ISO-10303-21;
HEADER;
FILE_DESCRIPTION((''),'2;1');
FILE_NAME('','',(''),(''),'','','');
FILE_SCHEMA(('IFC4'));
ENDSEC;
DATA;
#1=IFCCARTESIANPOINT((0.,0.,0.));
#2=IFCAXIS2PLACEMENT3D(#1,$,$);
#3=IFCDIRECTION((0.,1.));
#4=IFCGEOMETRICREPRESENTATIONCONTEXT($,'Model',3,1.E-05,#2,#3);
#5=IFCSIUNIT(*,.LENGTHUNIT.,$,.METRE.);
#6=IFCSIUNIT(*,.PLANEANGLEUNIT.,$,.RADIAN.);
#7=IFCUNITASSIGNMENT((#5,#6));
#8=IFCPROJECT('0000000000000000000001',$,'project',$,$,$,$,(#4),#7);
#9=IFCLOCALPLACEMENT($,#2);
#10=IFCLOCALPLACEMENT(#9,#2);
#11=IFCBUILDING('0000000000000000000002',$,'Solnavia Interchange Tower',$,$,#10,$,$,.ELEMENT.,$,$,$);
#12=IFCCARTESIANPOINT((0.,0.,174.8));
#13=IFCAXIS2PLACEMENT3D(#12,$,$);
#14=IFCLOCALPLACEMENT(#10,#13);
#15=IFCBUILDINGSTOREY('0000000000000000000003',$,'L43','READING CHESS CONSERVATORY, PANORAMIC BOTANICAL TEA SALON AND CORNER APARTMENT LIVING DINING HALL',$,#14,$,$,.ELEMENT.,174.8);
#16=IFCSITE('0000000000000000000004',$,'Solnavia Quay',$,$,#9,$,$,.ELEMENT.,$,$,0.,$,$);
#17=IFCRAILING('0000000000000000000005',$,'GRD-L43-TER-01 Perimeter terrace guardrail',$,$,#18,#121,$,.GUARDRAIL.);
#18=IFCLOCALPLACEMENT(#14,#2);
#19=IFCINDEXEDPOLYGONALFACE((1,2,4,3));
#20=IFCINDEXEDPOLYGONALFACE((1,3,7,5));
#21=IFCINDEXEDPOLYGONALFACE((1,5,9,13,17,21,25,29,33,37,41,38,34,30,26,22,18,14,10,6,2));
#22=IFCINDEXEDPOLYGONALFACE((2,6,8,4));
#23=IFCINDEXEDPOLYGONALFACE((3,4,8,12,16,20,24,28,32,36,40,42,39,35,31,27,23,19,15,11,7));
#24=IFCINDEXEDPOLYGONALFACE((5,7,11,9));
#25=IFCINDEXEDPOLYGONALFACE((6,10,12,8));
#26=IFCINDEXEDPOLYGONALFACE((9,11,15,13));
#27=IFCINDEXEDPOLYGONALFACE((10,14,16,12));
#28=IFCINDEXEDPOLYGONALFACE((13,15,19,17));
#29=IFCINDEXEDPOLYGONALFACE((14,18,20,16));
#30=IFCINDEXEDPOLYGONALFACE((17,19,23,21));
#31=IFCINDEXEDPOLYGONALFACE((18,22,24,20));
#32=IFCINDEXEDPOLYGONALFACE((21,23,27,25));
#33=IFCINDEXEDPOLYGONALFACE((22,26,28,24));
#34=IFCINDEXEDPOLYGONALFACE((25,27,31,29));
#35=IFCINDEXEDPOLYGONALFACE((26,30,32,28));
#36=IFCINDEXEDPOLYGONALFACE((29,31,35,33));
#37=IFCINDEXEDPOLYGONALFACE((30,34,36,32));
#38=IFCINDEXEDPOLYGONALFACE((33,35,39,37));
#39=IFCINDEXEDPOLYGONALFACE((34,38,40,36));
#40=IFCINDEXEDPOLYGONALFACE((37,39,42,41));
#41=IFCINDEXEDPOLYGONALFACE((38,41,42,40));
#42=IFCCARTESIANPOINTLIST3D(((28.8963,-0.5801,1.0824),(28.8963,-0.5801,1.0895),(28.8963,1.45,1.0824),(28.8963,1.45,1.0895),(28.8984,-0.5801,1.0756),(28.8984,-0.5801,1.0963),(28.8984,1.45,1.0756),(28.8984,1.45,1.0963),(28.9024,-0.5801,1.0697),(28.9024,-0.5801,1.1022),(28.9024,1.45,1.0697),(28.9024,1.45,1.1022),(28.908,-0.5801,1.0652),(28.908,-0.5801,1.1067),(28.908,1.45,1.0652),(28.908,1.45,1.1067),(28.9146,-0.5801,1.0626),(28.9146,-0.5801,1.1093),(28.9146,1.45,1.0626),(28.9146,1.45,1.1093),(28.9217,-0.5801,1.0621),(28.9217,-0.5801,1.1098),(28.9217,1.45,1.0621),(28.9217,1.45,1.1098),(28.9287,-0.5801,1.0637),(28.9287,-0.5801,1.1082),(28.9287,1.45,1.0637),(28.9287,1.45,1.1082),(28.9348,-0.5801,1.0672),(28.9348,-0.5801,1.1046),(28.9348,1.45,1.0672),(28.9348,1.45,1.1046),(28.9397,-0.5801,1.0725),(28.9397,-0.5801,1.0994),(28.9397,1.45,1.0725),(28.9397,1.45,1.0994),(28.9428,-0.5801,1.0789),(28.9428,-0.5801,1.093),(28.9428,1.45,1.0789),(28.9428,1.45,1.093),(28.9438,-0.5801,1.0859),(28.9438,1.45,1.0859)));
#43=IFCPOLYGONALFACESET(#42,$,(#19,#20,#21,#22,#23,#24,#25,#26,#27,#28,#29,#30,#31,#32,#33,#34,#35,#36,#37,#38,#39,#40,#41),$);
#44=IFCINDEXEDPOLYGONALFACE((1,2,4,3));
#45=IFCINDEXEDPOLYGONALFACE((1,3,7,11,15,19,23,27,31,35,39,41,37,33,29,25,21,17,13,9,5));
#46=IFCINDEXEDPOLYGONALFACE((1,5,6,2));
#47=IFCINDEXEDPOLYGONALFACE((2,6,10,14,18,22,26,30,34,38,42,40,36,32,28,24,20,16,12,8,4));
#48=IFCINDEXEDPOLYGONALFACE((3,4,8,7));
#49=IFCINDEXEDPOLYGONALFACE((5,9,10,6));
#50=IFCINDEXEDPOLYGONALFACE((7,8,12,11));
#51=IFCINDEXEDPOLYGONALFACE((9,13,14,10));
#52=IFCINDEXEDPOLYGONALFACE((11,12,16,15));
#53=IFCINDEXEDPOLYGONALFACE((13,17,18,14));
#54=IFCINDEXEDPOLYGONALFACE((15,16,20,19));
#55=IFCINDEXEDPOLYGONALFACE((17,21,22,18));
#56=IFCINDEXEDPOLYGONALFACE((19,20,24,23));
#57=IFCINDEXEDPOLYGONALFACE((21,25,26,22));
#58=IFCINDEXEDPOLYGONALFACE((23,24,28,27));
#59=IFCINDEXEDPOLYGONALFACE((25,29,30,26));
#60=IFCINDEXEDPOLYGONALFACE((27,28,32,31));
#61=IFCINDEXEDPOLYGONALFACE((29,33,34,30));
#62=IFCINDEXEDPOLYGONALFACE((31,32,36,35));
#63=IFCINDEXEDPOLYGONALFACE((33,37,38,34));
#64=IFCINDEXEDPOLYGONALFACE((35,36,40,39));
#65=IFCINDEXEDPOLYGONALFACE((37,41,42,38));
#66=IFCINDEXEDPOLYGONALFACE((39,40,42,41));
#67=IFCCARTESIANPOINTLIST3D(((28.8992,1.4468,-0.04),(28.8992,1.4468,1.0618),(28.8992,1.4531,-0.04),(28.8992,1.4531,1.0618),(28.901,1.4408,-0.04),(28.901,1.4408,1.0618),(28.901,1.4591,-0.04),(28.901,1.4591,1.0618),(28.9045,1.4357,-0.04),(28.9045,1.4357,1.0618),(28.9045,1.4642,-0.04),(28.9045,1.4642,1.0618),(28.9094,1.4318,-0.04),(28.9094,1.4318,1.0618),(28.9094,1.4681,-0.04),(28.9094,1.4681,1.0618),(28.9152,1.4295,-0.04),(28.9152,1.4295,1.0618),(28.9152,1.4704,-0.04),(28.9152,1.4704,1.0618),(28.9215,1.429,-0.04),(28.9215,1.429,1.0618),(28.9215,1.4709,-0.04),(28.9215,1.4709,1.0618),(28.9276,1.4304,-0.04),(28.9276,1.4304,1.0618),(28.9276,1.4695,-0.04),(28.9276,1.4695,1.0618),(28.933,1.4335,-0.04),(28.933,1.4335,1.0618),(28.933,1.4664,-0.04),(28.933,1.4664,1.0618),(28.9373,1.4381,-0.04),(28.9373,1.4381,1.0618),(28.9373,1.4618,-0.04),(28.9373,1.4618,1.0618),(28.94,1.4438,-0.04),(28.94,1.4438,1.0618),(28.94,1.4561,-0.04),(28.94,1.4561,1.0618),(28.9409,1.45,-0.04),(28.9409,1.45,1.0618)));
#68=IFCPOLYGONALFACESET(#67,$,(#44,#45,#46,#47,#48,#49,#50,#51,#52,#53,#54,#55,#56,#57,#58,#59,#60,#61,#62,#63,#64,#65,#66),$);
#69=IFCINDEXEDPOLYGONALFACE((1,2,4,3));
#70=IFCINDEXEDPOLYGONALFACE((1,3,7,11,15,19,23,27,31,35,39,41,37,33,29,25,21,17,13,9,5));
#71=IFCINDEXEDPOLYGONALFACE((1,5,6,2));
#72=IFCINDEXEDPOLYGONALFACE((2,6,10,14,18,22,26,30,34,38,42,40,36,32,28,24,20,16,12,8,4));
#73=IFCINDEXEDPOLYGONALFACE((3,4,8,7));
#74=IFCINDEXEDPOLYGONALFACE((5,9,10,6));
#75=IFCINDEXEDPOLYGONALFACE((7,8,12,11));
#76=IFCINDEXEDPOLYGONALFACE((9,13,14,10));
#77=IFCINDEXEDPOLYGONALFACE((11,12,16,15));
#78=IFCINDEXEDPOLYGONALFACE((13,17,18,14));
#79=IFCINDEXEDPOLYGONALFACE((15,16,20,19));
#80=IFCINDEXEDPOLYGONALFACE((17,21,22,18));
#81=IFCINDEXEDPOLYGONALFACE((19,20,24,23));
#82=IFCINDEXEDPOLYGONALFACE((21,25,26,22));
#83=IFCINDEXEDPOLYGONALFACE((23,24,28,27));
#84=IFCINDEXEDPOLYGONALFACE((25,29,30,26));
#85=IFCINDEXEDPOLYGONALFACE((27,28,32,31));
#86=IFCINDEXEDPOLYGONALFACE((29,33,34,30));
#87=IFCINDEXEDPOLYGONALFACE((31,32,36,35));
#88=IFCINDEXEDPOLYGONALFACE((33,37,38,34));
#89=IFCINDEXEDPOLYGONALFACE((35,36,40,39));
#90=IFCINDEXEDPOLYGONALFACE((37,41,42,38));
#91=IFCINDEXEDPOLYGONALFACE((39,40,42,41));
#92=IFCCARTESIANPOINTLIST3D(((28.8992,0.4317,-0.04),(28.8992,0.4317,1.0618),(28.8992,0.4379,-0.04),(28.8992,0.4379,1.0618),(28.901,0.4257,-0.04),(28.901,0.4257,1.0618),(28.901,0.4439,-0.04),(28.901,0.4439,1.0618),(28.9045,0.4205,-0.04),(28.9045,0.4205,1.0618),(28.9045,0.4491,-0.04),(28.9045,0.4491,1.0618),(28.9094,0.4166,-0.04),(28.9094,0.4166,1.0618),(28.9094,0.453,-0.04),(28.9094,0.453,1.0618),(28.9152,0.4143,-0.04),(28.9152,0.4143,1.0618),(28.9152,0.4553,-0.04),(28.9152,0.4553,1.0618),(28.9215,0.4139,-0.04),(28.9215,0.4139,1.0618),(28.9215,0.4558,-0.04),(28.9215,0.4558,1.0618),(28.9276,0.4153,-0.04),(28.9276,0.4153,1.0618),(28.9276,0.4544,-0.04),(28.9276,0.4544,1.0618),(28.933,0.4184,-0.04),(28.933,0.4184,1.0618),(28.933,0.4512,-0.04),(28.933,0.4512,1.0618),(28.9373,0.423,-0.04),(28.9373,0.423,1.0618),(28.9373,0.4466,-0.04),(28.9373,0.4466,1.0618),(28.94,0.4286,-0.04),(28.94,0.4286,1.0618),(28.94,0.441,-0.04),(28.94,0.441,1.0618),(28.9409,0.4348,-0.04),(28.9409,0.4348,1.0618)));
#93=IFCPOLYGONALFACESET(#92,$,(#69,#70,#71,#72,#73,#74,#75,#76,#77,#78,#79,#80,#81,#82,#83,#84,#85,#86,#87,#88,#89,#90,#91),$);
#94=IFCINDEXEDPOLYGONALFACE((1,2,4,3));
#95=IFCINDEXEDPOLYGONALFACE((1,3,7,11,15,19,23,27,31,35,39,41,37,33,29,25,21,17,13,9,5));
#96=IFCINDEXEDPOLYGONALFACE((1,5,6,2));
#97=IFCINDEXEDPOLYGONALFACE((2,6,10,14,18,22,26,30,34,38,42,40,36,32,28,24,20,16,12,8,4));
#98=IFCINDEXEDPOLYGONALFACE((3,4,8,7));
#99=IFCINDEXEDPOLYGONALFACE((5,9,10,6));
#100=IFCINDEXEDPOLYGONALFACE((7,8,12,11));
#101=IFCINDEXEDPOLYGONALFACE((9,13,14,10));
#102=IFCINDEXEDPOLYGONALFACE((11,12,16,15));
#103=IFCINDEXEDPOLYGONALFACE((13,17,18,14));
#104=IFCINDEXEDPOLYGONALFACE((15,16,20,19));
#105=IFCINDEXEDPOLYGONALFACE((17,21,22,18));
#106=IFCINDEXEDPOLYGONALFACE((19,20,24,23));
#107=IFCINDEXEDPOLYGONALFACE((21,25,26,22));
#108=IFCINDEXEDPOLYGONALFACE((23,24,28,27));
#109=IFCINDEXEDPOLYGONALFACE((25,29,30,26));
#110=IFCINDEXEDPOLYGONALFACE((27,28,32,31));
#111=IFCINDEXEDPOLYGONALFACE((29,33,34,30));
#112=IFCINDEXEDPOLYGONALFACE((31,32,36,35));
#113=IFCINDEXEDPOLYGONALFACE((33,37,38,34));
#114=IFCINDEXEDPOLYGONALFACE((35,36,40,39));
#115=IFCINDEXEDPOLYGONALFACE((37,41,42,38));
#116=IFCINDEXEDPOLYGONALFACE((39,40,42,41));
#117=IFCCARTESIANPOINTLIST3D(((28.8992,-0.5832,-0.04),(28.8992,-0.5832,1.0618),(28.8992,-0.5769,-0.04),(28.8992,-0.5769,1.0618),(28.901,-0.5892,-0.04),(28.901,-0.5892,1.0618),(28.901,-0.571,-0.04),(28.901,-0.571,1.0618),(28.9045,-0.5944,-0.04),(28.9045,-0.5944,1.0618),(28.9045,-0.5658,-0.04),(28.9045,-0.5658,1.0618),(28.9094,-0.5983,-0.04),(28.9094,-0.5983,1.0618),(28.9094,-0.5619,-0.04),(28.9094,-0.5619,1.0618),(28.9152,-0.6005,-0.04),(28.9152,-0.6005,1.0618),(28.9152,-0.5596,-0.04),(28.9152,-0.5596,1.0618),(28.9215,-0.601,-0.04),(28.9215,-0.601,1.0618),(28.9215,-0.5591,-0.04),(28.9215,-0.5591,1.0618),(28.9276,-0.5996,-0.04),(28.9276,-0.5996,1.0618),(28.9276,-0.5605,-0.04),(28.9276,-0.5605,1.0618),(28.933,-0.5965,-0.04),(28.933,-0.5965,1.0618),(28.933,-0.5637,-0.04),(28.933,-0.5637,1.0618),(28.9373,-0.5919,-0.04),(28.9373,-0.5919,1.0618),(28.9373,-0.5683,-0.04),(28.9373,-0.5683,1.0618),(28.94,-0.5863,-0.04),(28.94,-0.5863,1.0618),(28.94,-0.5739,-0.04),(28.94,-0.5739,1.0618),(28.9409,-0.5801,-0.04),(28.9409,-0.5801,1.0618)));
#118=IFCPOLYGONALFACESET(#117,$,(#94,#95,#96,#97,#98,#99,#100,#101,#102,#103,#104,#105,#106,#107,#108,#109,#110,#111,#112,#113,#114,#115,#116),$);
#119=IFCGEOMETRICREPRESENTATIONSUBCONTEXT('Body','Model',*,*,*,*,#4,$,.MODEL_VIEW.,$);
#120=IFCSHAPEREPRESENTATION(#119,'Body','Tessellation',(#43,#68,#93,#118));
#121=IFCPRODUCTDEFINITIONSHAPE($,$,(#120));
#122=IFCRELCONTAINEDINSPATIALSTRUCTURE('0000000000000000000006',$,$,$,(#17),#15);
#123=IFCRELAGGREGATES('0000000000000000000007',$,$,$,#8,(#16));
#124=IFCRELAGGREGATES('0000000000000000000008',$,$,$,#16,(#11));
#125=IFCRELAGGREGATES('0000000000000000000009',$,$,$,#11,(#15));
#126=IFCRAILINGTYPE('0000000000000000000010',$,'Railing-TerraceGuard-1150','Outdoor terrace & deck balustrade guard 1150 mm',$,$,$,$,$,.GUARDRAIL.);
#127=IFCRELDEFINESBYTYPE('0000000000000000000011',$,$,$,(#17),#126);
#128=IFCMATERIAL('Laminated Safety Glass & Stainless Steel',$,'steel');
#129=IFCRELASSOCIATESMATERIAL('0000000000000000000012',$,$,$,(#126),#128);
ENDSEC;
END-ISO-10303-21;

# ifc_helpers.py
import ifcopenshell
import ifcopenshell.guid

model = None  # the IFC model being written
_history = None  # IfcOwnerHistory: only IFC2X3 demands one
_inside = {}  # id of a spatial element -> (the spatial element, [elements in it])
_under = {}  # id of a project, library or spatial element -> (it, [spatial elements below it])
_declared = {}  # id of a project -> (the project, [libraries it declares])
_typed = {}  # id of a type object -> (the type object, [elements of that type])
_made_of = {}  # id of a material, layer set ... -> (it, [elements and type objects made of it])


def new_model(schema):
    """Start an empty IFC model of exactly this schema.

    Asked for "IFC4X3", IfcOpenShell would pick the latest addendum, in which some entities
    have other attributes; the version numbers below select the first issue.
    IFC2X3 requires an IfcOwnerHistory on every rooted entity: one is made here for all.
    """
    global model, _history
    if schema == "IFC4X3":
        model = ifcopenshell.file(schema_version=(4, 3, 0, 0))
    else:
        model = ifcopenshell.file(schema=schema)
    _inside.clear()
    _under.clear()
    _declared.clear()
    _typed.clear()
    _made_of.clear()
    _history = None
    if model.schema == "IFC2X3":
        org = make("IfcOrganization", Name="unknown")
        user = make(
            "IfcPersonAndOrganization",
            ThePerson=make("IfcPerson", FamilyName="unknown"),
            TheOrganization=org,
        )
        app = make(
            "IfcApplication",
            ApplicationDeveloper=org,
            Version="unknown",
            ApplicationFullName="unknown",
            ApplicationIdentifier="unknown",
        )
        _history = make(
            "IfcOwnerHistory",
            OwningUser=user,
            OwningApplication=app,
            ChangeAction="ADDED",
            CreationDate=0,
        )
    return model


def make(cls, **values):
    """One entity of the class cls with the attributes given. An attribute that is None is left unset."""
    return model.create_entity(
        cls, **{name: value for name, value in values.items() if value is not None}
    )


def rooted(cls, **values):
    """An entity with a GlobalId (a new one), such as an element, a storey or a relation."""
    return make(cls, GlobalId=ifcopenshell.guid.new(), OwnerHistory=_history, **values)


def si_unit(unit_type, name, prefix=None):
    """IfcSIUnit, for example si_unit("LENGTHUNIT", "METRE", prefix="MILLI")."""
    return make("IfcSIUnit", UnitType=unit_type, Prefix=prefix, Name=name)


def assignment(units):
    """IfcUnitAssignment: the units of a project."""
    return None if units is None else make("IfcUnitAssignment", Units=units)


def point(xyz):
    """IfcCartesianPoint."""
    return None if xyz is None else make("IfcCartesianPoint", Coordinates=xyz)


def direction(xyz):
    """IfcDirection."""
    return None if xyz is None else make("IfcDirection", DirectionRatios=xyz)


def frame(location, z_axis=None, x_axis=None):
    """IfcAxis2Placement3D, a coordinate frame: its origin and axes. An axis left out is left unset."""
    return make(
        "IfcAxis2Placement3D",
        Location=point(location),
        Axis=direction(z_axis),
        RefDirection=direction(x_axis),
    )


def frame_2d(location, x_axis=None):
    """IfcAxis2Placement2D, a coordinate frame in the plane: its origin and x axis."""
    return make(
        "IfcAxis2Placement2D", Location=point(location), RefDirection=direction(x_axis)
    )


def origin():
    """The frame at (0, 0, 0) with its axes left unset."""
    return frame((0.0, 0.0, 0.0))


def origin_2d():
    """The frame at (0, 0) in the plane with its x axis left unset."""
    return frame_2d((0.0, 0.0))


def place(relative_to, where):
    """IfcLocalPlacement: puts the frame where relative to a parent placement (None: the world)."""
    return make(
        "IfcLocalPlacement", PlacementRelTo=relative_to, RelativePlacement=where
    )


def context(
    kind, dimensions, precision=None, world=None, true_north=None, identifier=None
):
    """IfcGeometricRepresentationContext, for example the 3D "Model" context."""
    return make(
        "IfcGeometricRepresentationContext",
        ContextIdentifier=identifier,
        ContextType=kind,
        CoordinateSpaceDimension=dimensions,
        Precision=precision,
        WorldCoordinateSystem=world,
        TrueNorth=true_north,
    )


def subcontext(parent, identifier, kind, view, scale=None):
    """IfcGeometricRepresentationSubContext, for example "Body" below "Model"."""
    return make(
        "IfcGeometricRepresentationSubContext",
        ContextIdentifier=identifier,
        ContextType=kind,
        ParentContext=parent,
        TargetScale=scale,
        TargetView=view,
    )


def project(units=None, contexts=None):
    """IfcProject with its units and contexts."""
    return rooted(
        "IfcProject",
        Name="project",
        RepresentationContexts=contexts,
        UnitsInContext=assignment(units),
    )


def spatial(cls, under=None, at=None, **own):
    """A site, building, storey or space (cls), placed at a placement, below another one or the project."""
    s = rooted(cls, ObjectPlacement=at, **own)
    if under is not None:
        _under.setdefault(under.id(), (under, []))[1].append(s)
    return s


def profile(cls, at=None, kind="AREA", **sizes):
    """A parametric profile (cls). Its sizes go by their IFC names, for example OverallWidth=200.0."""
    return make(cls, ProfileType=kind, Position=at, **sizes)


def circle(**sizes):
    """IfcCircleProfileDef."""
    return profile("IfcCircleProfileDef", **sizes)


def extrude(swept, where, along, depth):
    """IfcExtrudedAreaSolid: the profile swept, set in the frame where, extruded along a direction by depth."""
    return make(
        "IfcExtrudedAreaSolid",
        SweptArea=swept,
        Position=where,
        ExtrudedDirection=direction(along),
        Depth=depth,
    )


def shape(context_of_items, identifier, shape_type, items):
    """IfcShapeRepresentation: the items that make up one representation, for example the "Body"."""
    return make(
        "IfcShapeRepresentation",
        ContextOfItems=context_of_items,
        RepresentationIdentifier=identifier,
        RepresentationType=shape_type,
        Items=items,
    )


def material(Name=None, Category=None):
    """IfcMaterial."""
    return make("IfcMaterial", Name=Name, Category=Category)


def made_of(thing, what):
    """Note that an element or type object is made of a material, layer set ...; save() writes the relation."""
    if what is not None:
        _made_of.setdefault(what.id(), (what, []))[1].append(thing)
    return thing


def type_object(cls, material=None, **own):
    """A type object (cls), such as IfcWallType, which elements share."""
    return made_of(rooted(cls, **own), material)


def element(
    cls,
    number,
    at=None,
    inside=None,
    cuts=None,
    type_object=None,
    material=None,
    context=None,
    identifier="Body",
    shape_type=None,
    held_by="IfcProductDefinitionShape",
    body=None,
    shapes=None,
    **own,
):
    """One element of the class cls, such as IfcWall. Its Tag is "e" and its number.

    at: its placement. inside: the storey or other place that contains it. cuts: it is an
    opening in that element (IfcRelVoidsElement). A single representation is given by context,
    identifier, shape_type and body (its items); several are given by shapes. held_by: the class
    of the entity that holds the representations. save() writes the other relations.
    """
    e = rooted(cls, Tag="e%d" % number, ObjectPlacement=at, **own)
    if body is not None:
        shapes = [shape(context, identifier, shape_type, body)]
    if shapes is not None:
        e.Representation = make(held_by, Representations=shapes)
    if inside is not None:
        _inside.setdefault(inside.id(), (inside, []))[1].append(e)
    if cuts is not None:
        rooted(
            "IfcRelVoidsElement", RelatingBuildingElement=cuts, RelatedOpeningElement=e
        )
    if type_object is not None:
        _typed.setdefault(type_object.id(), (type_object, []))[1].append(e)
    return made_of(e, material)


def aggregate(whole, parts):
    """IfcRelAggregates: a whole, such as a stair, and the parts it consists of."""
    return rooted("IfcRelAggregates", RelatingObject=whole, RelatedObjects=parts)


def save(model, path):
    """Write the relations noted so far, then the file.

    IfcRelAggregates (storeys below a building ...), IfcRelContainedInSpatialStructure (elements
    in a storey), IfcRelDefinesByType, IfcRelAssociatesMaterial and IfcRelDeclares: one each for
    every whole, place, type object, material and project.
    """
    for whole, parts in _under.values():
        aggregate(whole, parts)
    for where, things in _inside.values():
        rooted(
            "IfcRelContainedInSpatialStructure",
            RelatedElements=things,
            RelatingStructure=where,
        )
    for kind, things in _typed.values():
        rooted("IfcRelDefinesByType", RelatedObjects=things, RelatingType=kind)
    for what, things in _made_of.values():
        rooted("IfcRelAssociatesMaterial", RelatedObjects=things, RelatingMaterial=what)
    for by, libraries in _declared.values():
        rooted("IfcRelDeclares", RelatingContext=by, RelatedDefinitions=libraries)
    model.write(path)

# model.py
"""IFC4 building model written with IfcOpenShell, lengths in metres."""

from ifc_helpers import new_model, si_unit, direction, frame, origin, origin_2d, place, context, subcontext, project, spatial, circle, extrude, material, type_object, element, save


model = new_model("IFC4")

# Units and contexts
model_context = context("Model", 3, precision=1e-05, world=origin(), true_north=direction((0.0, 1.0)))
body_context = subcontext(model_context, "Body", "Model", "MODEL_VIEW")
ifc_project = project(units=[si_unit("LENGTHUNIT", "METRE"), si_unit("PLANEANGLEUNIT", "RADIAN")], contexts=[model_context])

# Site, building, storey
site_placement = place(None, origin())
site = spatial("IfcSite", under=ifc_project, at=site_placement, Name="Solnavia Quay", CompositionType="ELEMENT", RefElevation=0.0)
building_placement = place(site_placement, origin())
building = spatial("IfcBuilding", under=site, at=building_placement, Name="Solnavia Interchange Tower", CompositionType="ELEMENT")
storey_placement = place(building_placement, frame((0.0, 0.0, 174.8)))
storey = spatial("IfcBuildingStorey", under=building, at=storey_placement, Name="L43", Description="READING CHESS CONSERVATORY, PANORAMIC BOTANICAL TEA SALON AND CORNER APARTMENT LIVING DINING HALL", CompositionType="ELEMENT", Elevation=174.8)

# Railing
ifc_material_1 = material(Name="Laminated Safety Glass & Stainless Steel", Category="steel")
railing_type = type_object("IfcRailingType", Name="Railing-TerraceGuard-1150", Description="Outdoor terrace & deck balustrade guard 1150 mm", PredefinedType="GUARDRAIL", material=ifc_material_1)
railing_1_placement = place(storey_placement, frame((28.9199, 1.45, -0.04)))
element("IfcRailing", 1, at=railing_1_placement, inside=storey, type_object=railing_type, Name="GRD-L43-TER-01 Perimeter terrace guardrail", PredefinedType="GUARDRAIL", context=body_context, shape_type="SweptSolid", body=[
    extrude(circle(Radius=0.0239, at=origin_2d()), frame((0.0, 0.0, 1.126), z_axis=(0.0, -1.0, 0.0), x_axis=(1.0, 0.0, 0.0)), (0.0, 0.0, 1.0), 2.03),
    extrude(circle(Radius=0.021, at=origin_2d()), origin(), (0.0, 0.0, 1.0), 1.1018),
    extrude(circle(Radius=0.021, at=origin_2d()), frame((0.0, -1.0151, 0.0)), (0.0, 0.0, 1.0), 1.1018),
    extrude(circle(Radius=0.021, at=origin_2d()), frame((0.0, -2.03, 0.0)), (0.0, 0.0, 1.0), 1.1018),
])

save(model, "model.ifc")
